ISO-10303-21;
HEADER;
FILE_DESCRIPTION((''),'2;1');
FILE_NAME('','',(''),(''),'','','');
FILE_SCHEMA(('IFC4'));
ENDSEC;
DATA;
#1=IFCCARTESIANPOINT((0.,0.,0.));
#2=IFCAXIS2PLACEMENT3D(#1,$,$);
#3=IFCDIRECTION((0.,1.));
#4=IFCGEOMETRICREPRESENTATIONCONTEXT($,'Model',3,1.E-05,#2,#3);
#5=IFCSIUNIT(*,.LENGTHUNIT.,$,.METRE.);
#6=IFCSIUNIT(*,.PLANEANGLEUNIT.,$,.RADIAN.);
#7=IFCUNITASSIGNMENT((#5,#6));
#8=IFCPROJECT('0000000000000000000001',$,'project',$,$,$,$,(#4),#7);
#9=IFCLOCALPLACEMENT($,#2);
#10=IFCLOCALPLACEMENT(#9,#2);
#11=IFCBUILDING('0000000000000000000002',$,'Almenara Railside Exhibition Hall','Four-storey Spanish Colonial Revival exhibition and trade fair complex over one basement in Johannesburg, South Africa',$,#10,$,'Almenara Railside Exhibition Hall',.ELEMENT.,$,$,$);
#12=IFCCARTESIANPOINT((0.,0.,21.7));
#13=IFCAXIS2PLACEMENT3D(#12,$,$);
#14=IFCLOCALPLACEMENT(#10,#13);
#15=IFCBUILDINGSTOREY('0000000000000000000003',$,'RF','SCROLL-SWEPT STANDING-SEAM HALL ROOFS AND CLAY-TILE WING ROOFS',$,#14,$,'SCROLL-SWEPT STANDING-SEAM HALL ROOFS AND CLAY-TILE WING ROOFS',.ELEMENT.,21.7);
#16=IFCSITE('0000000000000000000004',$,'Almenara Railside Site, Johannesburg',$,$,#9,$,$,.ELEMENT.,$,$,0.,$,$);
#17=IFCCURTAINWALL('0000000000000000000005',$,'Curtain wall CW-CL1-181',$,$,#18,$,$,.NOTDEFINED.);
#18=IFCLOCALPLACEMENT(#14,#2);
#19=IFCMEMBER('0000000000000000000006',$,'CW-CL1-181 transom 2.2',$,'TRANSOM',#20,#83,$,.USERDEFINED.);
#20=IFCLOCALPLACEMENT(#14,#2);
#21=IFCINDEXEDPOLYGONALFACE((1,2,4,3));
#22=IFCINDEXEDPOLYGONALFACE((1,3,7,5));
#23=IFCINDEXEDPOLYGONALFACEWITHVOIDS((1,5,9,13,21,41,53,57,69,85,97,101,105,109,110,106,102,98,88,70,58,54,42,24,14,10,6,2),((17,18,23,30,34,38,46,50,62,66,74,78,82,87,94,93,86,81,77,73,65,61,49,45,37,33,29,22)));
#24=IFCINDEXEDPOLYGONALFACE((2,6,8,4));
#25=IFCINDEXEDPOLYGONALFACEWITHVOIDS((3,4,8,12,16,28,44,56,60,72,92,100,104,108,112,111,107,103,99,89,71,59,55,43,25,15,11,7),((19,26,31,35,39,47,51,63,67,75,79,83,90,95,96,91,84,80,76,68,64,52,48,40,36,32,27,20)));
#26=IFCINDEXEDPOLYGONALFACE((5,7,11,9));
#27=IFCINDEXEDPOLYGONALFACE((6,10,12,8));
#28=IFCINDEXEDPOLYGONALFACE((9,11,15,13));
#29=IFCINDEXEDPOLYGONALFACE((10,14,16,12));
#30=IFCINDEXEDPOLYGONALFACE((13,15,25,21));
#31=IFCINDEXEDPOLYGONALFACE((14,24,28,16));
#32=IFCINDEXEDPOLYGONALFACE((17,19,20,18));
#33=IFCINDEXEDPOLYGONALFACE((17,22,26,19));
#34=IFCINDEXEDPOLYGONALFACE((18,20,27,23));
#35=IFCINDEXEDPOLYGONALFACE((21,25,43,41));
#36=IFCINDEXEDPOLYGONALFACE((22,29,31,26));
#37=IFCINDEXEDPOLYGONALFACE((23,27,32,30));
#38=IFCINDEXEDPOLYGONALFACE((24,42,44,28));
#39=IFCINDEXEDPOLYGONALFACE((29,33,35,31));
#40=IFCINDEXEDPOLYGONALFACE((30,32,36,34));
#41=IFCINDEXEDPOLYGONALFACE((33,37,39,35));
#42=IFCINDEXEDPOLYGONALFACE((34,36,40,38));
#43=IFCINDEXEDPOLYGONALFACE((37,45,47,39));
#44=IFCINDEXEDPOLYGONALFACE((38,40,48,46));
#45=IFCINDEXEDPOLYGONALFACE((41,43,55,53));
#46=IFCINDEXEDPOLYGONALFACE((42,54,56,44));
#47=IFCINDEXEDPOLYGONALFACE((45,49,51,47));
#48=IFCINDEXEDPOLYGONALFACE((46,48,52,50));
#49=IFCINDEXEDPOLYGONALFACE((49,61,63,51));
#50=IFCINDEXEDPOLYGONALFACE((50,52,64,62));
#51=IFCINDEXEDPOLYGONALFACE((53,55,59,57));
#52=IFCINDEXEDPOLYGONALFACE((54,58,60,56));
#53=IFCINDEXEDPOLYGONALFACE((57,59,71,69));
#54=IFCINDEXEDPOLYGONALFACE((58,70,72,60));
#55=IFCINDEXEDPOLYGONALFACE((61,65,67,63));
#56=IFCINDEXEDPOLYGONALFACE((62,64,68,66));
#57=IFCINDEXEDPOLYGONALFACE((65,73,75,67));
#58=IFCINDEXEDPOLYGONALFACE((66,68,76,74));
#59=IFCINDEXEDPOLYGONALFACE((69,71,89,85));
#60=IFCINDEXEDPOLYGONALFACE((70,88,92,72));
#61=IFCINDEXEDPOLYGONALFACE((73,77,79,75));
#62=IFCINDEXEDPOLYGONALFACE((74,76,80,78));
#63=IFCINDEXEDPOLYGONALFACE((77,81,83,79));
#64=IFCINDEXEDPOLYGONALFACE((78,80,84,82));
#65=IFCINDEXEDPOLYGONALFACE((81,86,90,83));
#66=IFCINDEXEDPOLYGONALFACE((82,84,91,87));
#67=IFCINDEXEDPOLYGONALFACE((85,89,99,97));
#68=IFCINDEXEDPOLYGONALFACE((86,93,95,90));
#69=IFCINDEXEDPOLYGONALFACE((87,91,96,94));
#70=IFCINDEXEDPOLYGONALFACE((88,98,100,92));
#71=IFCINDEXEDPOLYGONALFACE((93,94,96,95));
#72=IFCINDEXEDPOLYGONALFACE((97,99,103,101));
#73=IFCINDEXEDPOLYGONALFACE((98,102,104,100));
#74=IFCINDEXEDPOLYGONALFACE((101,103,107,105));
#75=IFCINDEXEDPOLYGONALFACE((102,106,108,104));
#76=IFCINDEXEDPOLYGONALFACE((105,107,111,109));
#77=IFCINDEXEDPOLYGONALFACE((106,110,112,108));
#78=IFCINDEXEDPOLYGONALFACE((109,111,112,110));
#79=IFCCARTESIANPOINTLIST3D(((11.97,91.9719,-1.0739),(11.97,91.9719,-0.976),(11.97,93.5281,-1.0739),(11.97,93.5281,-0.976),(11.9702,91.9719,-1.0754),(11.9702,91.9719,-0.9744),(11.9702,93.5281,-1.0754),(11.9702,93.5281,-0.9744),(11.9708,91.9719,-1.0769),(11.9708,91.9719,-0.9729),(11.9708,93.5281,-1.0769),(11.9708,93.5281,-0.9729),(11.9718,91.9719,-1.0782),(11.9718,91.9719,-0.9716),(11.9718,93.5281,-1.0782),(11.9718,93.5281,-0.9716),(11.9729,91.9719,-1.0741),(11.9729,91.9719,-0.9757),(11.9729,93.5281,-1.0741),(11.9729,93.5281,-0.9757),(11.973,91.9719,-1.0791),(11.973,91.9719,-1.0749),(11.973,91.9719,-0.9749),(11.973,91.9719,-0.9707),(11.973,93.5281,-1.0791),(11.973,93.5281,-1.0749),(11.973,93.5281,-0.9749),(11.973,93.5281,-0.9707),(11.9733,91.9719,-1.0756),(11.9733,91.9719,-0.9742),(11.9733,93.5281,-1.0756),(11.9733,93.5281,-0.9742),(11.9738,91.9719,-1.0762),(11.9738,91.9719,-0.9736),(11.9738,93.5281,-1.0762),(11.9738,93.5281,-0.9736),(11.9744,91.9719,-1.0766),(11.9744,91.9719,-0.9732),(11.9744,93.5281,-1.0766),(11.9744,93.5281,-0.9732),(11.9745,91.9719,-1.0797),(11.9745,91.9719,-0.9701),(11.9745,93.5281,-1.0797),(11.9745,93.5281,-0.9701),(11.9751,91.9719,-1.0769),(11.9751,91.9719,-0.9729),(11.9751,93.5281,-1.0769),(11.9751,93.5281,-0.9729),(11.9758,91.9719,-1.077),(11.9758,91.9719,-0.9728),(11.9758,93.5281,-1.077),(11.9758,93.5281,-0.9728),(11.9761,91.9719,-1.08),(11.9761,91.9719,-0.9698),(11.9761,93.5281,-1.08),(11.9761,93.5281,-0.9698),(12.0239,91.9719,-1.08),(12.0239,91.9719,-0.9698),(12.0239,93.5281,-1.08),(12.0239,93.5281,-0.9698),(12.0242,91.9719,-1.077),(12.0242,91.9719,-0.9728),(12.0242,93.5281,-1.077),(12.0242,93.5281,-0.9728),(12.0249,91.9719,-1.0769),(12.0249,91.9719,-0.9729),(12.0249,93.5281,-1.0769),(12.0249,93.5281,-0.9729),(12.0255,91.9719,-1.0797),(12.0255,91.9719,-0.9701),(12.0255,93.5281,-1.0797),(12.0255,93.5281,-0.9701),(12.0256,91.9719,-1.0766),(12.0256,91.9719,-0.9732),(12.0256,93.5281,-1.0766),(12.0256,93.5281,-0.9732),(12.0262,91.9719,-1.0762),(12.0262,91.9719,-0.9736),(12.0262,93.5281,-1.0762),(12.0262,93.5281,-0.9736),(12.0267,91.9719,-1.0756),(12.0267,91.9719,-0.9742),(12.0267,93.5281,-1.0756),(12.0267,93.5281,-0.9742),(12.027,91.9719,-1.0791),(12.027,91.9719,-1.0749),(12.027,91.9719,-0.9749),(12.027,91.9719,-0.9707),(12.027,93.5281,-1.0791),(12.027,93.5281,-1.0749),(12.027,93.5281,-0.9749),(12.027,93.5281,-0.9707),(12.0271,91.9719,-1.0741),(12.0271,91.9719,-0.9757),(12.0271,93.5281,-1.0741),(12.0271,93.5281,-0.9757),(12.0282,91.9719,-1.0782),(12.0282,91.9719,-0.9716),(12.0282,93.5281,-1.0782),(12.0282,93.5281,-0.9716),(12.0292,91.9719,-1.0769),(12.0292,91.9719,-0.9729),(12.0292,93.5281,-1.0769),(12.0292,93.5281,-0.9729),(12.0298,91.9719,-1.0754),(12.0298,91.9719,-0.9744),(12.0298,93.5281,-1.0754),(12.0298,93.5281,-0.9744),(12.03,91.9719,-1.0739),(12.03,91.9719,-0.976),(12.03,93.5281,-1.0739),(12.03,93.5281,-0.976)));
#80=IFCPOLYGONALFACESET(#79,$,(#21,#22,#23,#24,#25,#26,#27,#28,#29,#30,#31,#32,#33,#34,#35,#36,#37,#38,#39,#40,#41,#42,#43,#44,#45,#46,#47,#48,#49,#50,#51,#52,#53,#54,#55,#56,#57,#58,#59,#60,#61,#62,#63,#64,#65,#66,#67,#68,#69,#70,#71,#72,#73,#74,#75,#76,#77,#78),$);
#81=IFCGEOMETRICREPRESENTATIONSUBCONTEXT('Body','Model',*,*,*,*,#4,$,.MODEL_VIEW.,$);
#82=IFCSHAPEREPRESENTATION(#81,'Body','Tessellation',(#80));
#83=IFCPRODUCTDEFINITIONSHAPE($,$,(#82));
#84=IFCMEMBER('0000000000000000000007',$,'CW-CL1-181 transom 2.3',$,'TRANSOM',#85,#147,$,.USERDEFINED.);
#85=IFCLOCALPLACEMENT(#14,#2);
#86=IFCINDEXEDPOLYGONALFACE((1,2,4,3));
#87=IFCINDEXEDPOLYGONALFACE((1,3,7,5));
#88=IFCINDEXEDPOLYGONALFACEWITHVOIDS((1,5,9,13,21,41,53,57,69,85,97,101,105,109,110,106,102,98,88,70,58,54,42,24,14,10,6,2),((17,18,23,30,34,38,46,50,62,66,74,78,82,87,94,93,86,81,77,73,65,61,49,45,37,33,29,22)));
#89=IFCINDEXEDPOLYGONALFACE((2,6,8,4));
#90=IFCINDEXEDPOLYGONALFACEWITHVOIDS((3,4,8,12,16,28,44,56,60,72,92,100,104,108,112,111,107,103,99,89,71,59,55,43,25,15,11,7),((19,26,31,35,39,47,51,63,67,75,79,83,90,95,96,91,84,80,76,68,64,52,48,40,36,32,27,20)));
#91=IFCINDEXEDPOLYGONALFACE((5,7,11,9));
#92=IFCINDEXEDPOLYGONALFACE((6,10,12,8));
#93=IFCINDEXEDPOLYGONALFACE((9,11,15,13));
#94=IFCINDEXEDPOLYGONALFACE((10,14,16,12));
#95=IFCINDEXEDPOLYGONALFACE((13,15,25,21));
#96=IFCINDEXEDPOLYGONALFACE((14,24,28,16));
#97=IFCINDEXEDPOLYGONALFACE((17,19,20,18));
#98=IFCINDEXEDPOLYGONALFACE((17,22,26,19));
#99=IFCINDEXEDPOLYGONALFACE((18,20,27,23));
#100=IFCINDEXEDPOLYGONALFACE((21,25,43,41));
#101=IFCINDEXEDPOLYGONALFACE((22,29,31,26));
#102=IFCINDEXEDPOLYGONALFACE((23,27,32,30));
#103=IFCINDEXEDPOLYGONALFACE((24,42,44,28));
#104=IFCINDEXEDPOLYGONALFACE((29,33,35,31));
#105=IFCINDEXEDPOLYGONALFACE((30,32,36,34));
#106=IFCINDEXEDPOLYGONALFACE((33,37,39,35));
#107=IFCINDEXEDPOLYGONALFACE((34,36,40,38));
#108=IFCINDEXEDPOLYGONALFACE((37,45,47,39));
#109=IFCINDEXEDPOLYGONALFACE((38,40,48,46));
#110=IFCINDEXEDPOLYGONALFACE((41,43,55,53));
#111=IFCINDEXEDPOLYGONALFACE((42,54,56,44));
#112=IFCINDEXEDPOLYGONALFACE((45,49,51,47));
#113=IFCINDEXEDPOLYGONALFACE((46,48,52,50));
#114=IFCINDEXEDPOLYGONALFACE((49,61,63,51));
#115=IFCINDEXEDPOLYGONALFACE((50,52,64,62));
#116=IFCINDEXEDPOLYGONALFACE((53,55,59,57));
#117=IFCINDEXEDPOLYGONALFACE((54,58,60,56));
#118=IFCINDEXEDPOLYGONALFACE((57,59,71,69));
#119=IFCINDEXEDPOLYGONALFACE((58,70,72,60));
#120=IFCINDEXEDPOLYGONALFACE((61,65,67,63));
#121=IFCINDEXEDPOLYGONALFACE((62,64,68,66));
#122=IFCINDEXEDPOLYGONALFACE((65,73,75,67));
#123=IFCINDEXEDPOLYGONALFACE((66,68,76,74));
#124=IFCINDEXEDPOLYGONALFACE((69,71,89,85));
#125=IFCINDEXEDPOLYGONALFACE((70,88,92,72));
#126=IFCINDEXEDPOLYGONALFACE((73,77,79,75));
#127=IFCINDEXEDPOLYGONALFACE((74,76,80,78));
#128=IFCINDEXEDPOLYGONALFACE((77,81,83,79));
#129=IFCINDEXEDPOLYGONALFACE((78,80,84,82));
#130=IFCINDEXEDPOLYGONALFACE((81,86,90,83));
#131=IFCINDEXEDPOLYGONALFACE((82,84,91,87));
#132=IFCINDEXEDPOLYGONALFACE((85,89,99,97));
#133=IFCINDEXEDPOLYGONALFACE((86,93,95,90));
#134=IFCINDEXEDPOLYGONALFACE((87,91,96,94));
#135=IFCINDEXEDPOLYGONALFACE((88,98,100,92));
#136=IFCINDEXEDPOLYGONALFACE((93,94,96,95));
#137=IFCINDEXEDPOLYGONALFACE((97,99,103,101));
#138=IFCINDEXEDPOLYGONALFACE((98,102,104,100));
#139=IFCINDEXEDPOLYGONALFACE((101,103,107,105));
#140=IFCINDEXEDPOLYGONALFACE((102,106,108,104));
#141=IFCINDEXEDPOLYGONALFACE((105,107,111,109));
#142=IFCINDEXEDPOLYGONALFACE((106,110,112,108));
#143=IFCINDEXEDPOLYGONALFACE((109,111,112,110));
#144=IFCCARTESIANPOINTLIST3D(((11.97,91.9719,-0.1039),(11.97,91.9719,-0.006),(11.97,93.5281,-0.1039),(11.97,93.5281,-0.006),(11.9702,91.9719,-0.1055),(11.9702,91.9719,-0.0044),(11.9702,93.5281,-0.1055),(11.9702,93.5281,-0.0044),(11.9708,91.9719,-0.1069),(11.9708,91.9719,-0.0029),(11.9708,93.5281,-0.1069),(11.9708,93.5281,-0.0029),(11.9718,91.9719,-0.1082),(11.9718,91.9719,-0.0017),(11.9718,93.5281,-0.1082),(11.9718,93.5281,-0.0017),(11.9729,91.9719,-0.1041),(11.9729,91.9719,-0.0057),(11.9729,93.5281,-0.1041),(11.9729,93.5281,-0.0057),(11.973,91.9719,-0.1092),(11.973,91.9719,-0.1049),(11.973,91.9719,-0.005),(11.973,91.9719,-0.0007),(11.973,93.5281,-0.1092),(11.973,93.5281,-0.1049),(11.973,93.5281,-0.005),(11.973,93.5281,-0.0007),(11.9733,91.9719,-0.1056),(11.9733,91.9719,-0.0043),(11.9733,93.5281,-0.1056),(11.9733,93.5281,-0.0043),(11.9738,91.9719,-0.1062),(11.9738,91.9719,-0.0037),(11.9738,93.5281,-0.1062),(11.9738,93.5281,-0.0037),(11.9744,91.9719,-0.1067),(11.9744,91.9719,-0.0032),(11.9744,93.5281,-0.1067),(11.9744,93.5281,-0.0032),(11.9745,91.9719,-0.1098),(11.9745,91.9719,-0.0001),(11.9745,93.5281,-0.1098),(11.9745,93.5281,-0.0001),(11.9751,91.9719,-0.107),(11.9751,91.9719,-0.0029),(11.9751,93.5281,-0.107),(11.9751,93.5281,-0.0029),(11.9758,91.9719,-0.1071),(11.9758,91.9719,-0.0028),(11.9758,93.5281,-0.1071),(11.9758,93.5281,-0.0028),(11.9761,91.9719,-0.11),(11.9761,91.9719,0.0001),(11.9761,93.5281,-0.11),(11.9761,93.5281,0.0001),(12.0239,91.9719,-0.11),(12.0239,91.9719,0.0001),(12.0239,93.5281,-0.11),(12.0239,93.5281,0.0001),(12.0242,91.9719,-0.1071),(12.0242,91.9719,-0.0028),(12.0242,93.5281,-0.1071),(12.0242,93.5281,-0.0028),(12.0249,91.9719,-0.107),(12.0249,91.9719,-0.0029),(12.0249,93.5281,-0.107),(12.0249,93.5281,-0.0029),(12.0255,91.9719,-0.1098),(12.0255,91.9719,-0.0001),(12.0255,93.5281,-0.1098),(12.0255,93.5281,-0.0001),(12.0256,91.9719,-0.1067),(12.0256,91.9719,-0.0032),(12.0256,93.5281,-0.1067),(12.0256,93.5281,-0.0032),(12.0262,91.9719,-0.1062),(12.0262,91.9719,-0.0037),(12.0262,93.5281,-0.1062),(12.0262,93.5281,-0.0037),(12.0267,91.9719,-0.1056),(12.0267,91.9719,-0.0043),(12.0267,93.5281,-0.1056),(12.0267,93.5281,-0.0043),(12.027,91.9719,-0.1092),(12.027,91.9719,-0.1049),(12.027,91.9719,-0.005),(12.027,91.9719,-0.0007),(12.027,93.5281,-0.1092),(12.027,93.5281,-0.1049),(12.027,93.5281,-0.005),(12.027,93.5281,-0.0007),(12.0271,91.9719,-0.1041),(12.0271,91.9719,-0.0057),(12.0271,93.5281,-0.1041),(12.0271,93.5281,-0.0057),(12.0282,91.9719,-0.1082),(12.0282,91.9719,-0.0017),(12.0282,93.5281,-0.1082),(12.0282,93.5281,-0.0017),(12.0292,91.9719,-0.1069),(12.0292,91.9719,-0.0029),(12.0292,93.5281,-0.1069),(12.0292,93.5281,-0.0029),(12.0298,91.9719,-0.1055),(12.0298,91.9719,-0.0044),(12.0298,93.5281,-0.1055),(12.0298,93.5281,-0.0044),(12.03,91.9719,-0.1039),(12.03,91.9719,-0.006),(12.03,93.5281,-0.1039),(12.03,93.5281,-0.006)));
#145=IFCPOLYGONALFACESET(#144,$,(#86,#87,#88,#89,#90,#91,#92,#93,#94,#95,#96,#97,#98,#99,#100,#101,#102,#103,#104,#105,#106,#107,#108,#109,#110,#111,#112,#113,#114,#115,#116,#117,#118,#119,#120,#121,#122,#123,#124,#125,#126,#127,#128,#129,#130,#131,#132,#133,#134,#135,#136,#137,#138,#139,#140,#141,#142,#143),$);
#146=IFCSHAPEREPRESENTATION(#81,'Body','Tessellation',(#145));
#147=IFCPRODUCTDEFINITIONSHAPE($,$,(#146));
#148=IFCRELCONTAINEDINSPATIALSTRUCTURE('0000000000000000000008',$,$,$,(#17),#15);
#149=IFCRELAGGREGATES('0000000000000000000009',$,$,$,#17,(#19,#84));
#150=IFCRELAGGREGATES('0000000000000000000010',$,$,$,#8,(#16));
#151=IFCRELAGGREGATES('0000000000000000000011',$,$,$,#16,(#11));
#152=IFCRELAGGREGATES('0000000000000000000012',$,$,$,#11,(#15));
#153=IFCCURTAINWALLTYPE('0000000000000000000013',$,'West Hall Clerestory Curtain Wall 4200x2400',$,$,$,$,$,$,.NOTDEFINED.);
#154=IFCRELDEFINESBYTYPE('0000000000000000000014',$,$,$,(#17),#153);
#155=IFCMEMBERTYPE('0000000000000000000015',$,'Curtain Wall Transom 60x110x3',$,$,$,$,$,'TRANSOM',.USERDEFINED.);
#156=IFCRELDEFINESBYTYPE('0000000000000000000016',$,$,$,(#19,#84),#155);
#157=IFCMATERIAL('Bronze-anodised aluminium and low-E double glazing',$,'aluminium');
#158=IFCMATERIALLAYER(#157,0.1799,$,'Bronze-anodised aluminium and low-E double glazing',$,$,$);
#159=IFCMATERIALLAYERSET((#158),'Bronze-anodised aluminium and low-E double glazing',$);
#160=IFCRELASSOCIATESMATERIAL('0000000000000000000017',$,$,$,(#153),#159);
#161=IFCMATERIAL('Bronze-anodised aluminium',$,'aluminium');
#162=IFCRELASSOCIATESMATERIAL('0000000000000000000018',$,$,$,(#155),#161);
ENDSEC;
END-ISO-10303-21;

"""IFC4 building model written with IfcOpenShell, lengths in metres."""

from ifc_helpers import new_model, si_unit, direction, frame, origin, origin_2d, place, context, subcontext, project, spatial, hollow_rectangle, extrude, material, layer, layer_set, material_profile, profile_set, type_object, element, aggregate, save


model = new_model("IFC4")

# Units and contexts
model_context = context("Model", 3, precision=1e-05, world=origin(), true_north=direction((0.0, 1.0)))
body_context = subcontext(model_context, "Body", "Model", "MODEL_VIEW")
ifc_project = project(units=[si_unit("LENGTHUNIT", "METRE"), si_unit("PLANEANGLEUNIT", "RADIAN")], contexts=[model_context])

# Site, building, storey
site_placement = place(None, origin())
site = spatial("IfcSite", under=ifc_project, at=site_placement, Name="Almenara Railside Site, Johannesburg", CompositionType="ELEMENT", RefElevation=0.0)
building_placement = place(site_placement, origin())
building = spatial("IfcBuilding", under=site, at=building_placement, Name="Almenara Railside Exhibition Hall", Description="Four-storey Spanish Colonial Revival exhibition and trade fair complex over one basement in Johannesburg, South Africa", LongName="Almenara Railside Exhibition Hall", CompositionType="ELEMENT")
storey_placement = place(building_placement, frame((0.0, 0.0, 21.7)))
storey = spatial("IfcBuildingStorey", under=building, at=storey_placement, Name="RF", Description="SCROLL-SWEPT STANDING-SEAM HALL ROOFS AND CLAY-TILE WING ROOFS", LongName="SCROLL-SWEPT STANDING-SEAM HALL ROOFS AND CLAY-TILE WING ROOFS", CompositionType="ELEMENT", Elevation=21.7)

# Curtain wall
ifc_material_1 = material(Name="Bronze-anodised aluminium and low-E double glazing", Category="aluminium")
ifc_layer_1 = layer(ifc_material_1, 0.1799, Name="Bronze-anodised aluminium and low-E double glazing")
ifc_layer_set_1 = layer_set([ifc_layer_1], Name="Bronze-anodised aluminium and low-E double glazing")
curtain_wall_type = type_object("IfcCurtainWallType", Name="West Hall Clerestory Curtain Wall 4200x2400", PredefinedType="NOTDEFINED", material=ifc_layer_set_1)
curtain_wall_1_placement = place(storey_placement, origin())
curtain_wall_1 = element("IfcCurtainWall", 1, at=curtain_wall_1_placement, inside=storey, type_object=curtain_wall_type, Name="Curtain wall CW-CL1-181", PredefinedType="NOTDEFINED")
ifc_material_2 = material(Name="Bronze-anodised aluminium", Category="aluminium")

# Members
ifc_material_profile_1 = material_profile(ifc_material_2, hollow_rectangle(XDim=0.0601, YDim=0.1101, WallThickness=0.0029, InnerFilletRadius=0.0029, OuterFilletRadius=0.0061, at=origin_2d()), Name="ALU-TRN 60x110x3")
ifc_profile_set_1 = profile_set([ifc_material_profile_1], Name="Bronze-anodised aluminium")
member_type_1 = type_object("IfcMemberType", Name="Curtain Wall Transom 60x110x3", ElementType="TRANSOM", PredefinedType="USERDEFINED", material=ifc_profile_set_1)
member_1_placement = place(storey_placement, frame((12.0, 91.9719, -1.0249), z_axis=(0.0, 1.0, 0.0), x_axis=(-1.0, 0.0, 0.0)))
member_1 = element("IfcMember", 2, at=member_1_placement, type_object=member_type_1, Name="CW-CL1-181 transom 2.2", ObjectType="TRANSOM", PredefinedType="USERDEFINED", context=body_context, shape_type="SweptSolid", body=[
    extrude(hollow_rectangle(XDim=0.0601, YDim=0.1101, WallThickness=0.0029, InnerFilletRadius=0.0029, OuterFilletRadius=0.0061, at=origin_2d()), origin(), (0.0, 0.0, 1.0), 1.5562),
])
member_2_placement = place(storey_placement, frame((12.0, 91.9719, -0.0549), z_axis=(0.0, 1.0, 0.0), x_axis=(-1.0, 0.0, 0.0)))
member_2 = element("IfcMember", 3, at=member_2_placement, type_object=member_type_1, Name="CW-CL1-181 transom 2.3", ObjectType="TRANSOM", PredefinedType="USERDEFINED", context=body_context, shape_type="SweptSolid", body=[
    extrude(hollow_rectangle(XDim=0.0601, YDim=0.1101, WallThickness=0.0029, InnerFilletRadius=0.0029, OuterFilletRadius=0.0061, at=origin_2d()), origin(), (0.0, 0.0, 1.0), 1.5562),
])

aggregate(curtain_wall_1, [member_1, member_2])

save(model, "model.ifc")
